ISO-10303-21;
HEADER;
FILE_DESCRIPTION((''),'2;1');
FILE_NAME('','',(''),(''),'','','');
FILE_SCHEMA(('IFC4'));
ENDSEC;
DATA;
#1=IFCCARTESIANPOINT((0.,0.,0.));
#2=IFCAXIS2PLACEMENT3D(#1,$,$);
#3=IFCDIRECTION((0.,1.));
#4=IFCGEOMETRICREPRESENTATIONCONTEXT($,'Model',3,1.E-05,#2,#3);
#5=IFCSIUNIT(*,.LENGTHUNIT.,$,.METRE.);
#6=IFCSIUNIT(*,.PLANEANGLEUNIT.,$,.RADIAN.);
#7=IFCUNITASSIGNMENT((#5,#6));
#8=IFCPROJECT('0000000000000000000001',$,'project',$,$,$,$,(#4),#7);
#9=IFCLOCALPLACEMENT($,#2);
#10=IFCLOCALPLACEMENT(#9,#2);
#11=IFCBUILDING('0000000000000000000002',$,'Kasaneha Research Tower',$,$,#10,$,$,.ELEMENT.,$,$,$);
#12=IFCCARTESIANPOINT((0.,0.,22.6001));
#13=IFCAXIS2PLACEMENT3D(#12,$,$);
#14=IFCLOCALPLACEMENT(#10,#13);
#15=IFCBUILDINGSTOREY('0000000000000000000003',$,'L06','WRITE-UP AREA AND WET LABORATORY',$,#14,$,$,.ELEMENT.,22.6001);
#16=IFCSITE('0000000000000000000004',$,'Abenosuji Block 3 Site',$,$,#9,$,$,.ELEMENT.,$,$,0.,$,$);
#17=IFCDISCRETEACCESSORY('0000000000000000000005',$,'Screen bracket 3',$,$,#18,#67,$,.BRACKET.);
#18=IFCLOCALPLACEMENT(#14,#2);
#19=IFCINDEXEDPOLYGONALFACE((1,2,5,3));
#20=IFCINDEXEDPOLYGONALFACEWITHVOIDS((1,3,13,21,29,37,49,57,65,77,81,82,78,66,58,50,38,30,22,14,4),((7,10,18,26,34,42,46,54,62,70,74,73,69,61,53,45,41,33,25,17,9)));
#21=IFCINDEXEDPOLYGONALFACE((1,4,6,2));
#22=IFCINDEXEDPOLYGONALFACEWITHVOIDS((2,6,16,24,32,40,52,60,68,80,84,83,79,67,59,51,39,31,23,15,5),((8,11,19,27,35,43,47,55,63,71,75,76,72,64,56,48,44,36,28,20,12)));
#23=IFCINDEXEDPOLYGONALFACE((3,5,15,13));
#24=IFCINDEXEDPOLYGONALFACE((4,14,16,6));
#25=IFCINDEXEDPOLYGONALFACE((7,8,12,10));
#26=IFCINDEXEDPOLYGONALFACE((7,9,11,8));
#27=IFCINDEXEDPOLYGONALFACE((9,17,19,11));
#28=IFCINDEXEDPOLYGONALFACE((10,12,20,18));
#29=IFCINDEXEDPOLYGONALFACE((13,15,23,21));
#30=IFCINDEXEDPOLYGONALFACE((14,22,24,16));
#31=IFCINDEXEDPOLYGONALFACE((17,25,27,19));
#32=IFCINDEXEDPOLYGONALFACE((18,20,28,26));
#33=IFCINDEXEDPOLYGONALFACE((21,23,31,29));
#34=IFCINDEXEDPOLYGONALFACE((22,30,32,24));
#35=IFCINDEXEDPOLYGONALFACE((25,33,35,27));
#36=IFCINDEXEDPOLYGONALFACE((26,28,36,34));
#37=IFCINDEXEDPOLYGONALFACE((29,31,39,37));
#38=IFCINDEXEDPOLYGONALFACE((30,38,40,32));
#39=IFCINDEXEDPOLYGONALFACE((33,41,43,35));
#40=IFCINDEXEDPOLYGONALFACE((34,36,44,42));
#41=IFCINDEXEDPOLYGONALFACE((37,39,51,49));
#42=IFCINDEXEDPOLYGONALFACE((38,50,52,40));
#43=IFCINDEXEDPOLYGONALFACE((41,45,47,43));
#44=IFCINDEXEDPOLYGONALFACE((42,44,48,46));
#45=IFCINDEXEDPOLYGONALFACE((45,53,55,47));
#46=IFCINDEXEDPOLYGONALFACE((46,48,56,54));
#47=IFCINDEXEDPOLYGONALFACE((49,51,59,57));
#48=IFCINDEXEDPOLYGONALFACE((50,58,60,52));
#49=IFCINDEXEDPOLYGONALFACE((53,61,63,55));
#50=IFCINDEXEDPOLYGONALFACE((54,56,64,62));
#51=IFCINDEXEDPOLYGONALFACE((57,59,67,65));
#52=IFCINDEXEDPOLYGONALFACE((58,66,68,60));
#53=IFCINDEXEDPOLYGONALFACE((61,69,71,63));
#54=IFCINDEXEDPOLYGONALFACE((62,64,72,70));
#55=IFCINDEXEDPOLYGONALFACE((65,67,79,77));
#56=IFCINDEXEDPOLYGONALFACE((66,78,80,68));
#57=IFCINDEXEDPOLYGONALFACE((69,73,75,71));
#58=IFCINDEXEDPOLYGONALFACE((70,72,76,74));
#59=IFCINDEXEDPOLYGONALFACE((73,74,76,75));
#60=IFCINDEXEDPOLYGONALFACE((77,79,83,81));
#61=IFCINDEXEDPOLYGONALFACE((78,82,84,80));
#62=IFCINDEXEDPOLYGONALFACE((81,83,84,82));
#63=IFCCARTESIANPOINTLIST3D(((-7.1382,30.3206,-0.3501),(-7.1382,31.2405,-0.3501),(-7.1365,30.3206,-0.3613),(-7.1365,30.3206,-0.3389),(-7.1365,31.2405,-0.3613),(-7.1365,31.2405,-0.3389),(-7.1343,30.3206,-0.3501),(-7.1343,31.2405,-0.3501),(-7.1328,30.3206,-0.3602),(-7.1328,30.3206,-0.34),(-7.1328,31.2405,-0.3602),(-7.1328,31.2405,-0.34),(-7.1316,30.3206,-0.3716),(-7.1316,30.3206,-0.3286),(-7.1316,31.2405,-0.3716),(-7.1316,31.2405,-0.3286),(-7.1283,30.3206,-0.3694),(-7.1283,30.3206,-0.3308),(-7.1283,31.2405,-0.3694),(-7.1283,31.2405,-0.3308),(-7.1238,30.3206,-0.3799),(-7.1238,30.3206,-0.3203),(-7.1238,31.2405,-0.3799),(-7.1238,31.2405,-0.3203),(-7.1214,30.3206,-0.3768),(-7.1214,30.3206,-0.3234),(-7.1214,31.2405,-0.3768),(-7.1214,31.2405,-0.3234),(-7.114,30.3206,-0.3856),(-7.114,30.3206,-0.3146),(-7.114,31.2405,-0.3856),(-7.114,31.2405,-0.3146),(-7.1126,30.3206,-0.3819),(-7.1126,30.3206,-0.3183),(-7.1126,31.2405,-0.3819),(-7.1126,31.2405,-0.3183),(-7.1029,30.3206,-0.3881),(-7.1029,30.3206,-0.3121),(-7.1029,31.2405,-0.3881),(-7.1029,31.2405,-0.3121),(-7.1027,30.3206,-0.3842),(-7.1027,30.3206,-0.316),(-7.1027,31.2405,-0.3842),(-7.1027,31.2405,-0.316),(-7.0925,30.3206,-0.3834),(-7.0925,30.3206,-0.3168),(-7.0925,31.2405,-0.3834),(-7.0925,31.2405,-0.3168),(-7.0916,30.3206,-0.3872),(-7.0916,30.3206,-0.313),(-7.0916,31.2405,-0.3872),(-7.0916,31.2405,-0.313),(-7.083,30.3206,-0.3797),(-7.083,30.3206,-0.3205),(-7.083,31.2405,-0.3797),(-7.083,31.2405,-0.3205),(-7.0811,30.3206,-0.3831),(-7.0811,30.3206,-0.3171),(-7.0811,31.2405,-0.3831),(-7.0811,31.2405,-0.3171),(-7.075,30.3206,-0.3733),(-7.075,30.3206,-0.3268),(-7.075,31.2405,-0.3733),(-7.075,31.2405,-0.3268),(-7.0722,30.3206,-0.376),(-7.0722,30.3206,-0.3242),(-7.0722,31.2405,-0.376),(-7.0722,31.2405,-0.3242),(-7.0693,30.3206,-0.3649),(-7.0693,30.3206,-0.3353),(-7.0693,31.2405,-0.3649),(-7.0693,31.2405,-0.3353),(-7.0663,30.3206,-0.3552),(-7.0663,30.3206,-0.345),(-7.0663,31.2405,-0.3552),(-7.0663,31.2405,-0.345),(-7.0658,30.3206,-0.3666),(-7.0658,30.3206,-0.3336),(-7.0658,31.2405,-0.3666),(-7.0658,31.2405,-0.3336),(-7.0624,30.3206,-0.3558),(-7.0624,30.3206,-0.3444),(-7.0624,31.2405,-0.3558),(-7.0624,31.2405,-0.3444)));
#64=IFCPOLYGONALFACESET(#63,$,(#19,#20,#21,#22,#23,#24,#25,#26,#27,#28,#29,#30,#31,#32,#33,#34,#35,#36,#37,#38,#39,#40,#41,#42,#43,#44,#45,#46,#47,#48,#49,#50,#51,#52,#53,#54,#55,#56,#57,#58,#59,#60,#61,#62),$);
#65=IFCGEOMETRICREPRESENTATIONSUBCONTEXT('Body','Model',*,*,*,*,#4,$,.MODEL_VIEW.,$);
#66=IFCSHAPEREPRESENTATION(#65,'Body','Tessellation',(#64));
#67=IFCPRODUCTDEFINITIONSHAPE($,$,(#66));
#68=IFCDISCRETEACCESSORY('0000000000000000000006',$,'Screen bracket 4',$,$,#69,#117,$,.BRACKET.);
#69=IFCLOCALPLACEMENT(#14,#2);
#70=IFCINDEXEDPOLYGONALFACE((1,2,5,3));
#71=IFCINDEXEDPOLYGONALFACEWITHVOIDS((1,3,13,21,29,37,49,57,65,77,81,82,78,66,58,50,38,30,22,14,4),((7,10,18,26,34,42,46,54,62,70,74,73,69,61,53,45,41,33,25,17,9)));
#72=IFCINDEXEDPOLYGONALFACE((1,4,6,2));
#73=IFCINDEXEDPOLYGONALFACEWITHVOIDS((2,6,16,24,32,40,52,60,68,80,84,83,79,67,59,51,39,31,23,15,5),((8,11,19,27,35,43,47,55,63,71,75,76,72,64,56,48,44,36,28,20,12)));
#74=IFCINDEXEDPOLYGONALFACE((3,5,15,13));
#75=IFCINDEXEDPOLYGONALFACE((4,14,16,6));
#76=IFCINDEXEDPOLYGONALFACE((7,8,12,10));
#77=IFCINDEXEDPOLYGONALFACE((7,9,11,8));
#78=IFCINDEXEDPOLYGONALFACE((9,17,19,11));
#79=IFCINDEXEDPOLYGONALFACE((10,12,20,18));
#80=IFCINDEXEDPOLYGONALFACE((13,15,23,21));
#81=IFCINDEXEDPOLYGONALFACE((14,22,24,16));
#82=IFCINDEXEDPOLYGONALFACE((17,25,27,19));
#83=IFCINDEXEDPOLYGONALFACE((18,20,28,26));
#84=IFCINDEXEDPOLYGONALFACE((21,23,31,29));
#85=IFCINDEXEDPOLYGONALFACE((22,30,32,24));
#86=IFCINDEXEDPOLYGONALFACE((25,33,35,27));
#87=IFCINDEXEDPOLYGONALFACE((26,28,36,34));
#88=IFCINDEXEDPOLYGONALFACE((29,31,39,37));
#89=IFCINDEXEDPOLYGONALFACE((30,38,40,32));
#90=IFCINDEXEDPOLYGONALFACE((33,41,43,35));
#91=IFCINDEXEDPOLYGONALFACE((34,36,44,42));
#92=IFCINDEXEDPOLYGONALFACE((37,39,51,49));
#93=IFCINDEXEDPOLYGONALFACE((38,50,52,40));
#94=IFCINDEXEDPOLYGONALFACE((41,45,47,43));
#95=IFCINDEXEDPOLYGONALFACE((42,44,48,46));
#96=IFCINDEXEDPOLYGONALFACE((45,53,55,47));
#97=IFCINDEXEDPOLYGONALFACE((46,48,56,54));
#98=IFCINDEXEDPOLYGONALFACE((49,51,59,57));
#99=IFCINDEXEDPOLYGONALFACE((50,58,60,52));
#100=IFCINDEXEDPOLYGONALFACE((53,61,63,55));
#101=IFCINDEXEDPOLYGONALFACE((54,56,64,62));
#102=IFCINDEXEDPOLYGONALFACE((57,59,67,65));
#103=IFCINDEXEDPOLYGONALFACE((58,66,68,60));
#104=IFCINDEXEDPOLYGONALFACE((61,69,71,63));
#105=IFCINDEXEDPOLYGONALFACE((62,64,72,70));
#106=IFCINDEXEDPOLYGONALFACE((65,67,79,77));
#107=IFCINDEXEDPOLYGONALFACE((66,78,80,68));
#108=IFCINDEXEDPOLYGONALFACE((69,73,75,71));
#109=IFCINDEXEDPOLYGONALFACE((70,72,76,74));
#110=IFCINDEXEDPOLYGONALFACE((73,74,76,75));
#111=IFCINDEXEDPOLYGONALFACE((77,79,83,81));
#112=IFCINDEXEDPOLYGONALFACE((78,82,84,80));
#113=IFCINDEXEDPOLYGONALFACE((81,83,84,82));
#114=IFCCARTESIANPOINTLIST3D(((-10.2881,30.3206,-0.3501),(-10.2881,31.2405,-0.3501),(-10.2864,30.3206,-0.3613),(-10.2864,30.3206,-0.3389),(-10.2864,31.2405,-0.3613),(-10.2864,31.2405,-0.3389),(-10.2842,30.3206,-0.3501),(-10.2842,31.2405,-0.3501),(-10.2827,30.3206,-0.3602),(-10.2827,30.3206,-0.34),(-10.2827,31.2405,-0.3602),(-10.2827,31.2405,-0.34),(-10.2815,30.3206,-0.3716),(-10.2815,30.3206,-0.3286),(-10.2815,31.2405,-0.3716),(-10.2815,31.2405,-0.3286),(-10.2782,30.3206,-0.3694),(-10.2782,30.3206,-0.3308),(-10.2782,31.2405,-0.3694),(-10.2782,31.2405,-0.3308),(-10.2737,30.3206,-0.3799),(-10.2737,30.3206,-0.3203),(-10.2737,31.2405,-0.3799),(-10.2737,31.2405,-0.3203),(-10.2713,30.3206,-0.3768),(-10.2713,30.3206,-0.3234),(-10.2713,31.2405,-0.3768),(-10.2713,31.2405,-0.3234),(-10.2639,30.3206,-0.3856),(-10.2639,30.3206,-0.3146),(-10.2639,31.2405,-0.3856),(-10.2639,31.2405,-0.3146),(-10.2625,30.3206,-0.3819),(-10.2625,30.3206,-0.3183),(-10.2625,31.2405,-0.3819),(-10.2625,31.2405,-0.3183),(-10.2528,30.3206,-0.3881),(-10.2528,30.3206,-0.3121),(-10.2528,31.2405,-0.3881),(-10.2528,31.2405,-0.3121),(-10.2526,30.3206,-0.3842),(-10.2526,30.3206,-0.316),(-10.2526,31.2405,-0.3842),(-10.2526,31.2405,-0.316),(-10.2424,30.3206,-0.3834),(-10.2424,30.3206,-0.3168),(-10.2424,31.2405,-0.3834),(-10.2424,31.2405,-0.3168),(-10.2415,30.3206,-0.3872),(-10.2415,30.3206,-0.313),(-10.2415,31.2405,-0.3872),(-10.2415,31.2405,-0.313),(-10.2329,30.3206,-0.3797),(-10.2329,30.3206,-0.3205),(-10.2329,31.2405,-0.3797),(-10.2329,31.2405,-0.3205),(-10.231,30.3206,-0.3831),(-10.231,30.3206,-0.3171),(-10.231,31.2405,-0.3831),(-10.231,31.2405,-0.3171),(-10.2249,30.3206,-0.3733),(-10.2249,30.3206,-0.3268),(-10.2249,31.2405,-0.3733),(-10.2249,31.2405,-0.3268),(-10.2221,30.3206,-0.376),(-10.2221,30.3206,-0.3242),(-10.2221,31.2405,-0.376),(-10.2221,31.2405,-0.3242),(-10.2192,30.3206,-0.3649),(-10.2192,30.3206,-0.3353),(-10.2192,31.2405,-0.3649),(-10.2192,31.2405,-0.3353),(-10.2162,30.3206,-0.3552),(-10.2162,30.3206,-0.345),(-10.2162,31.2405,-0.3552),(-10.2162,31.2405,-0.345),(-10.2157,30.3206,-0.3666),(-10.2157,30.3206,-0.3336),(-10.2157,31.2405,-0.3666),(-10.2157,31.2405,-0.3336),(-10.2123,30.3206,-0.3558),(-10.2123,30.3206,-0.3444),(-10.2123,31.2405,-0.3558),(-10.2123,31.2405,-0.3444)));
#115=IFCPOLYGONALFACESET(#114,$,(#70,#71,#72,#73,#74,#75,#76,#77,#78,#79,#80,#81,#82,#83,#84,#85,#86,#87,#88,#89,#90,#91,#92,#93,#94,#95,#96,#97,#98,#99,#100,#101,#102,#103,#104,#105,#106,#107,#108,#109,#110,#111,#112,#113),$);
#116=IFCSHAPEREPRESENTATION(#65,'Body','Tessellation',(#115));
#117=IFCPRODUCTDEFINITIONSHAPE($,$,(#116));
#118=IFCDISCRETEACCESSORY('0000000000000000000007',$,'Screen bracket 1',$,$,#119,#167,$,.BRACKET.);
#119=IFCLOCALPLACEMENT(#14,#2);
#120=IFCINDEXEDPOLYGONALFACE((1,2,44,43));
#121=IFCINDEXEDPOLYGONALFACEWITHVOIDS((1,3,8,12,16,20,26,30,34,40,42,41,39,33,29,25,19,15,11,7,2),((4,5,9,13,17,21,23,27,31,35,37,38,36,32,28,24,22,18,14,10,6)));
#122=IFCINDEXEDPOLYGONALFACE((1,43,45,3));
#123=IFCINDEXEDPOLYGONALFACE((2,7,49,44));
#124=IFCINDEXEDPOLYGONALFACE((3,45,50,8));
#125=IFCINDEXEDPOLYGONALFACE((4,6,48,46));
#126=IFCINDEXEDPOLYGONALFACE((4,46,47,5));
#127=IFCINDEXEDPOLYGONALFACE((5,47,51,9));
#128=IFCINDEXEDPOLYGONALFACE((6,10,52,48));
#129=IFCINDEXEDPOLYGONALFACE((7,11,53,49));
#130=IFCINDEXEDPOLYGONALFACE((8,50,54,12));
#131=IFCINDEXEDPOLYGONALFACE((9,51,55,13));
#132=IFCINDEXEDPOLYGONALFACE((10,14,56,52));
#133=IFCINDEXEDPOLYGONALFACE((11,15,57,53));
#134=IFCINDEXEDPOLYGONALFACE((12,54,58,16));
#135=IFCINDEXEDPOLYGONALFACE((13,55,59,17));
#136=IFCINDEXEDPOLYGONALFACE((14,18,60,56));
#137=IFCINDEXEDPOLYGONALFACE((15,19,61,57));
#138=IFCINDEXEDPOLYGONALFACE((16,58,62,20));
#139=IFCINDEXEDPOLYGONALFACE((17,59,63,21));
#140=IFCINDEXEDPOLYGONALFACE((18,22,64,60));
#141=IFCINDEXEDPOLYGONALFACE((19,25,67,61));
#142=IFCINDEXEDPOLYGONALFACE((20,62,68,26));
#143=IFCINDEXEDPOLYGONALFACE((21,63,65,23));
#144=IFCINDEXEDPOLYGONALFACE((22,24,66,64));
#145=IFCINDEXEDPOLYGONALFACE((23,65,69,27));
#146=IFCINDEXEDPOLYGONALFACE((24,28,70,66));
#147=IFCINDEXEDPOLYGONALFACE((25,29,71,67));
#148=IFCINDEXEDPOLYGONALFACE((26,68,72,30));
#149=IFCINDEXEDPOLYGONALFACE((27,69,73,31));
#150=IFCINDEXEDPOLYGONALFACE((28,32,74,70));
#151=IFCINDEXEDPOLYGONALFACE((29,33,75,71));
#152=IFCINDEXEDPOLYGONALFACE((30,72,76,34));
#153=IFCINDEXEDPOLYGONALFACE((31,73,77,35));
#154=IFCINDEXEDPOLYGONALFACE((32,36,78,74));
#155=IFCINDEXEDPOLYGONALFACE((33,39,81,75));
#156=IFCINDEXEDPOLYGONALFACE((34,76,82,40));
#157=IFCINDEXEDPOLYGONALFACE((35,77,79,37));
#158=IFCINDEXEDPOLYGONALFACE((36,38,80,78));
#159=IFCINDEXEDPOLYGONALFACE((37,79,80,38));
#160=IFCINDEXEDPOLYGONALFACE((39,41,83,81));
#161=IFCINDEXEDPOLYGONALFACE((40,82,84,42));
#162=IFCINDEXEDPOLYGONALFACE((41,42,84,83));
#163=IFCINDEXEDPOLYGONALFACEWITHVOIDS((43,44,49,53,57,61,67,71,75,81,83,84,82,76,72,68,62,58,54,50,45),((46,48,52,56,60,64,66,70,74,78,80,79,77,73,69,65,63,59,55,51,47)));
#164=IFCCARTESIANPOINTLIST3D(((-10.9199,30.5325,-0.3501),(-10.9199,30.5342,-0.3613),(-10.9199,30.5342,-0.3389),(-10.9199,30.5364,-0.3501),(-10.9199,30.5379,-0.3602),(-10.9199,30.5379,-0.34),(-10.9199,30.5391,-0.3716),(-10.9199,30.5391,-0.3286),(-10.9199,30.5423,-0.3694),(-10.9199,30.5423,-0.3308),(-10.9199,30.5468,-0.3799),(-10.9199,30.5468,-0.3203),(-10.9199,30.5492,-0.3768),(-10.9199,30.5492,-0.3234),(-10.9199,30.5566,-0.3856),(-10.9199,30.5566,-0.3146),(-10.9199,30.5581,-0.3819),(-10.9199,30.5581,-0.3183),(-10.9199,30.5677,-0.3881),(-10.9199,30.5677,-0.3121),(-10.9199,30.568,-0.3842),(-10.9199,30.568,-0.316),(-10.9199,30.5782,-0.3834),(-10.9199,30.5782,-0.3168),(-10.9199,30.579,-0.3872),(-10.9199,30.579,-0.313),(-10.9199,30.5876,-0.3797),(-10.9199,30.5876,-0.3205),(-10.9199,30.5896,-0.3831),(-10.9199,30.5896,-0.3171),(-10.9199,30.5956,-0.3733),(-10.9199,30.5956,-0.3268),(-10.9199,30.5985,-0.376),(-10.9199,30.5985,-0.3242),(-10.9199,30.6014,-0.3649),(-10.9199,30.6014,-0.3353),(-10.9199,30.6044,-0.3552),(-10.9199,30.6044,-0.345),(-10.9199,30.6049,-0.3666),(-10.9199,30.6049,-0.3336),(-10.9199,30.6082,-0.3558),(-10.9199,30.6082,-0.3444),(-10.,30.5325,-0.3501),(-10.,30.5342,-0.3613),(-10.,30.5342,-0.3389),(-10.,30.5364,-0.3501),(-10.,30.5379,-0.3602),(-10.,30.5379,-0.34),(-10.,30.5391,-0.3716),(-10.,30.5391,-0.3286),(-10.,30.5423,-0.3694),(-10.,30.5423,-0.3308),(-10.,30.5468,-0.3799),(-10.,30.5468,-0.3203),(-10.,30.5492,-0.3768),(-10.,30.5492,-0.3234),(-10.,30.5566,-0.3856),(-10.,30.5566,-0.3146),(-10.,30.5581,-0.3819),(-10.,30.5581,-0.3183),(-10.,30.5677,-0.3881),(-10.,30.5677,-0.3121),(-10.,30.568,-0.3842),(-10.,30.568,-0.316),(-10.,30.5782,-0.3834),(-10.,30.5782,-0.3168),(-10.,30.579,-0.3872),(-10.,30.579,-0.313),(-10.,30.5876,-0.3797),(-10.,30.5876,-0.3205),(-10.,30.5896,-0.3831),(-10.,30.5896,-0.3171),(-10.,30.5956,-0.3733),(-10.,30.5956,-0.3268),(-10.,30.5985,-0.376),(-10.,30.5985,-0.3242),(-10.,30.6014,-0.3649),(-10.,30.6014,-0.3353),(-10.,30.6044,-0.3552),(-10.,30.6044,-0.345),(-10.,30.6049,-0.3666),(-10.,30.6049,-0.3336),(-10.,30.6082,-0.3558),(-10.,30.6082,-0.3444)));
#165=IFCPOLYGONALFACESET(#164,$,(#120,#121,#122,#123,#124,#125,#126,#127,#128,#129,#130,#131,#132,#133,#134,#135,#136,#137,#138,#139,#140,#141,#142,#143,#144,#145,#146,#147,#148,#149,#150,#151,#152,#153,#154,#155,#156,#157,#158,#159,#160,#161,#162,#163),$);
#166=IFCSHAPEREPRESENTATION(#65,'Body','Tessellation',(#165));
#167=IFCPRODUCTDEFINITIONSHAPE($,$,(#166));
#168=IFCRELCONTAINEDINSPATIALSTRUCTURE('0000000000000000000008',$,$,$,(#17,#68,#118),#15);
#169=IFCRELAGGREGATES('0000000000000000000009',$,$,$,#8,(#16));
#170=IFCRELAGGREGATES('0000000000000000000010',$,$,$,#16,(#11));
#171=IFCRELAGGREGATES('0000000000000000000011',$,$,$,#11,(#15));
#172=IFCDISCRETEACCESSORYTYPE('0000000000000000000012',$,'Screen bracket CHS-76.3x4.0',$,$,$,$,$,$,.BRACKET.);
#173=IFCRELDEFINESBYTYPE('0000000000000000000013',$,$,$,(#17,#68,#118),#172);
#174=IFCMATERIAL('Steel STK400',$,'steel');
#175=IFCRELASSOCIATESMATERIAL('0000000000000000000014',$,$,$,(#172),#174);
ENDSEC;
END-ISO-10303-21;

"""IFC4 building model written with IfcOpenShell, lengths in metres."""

from ifc_helpers import new_model, si_unit, direction, frame, origin, origin_2d, place, context, subcontext, project, spatial, hollow_circle, extrude, material, material_profile, profile_set, type_object, element, save


model = new_model("IFC4")

# Units and contexts
model_context = context("Model", 3, precision=1e-05, world=origin(), true_north=direction((0.0, 1.0)))
body_context = subcontext(model_context, "Body", "Model", "MODEL_VIEW")
ifc_project = project(units=[si_unit("LENGTHUNIT", "METRE"), si_unit("PLANEANGLEUNIT", "RADIAN")], contexts=[model_context])

# Site, building, storey
site_placement = place(None, origin())
site = spatial("IfcSite", under=ifc_project, at=site_placement, Name="Abenosuji Block 3 Site", CompositionType="ELEMENT", RefElevation=0.0)
building_placement = place(site_placement, origin())
building = spatial("IfcBuilding", under=site, at=building_placement, Name="Kasaneha Research Tower", CompositionType="ELEMENT")
storey_placement = place(building_placement, frame((0.0, 0.0, 22.6001)))
storey = spatial("IfcBuildingStorey", under=building, at=storey_placement, Name="L06", Description="WRITE-UP AREA AND WET LABORATORY", CompositionType="ELEMENT", Elevation=22.6001)

# Discrete accessories
ifc_material_1 = material(Name="Steel STK400", Category="steel")
ifc_material_profile_1 = material_profile(ifc_material_1, hollow_circle(Radius=0.0381, WallThickness=0.0039, at=origin_2d()), Name="CHS-76.3x4.0")
ifc_profile_set_1 = profile_set([ifc_material_profile_1], Name="Steel STK400")
discrete_accessory_type = type_object("IfcDiscreteAccessoryType", Name="Screen bracket CHS-76.3x4.0", PredefinedType="BRACKET", material=ifc_profile_set_1)
for number, where, z_axis, x_axis, name in (
    (1, (-7.1001, 30.3206, -0.3501), (0.0, 1.0, 0.0), (-1.0, 0.0, 0.0), "Screen bracket 3"),
    (2, (-10.25, 30.3206, -0.3501), (0.0, 1.0, 0.0), (-1.0, 0.0, 0.0), "Screen bracket 4"),
    (3, (-10.0, 30.5706, -0.3501), (-1.0, 0.0, 0.0), (0.0, -1.0, 0.0), "Screen bracket 1"),
):
    element("IfcDiscreteAccessory", number, at=place(storey_placement, frame(where, z_axis=z_axis, x_axis=x_axis)), inside=storey, type_object=discrete_accessory_type, Name=name, PredefinedType="BRACKET", context=body_context, shape_type="SweptSolid", body=[
        extrude(hollow_circle(Radius=0.0381, WallThickness=0.0039, at=origin_2d()), origin(), (0.0, 0.0, 1.0), 0.9199),
    ])

save(model, "model.ifc")
